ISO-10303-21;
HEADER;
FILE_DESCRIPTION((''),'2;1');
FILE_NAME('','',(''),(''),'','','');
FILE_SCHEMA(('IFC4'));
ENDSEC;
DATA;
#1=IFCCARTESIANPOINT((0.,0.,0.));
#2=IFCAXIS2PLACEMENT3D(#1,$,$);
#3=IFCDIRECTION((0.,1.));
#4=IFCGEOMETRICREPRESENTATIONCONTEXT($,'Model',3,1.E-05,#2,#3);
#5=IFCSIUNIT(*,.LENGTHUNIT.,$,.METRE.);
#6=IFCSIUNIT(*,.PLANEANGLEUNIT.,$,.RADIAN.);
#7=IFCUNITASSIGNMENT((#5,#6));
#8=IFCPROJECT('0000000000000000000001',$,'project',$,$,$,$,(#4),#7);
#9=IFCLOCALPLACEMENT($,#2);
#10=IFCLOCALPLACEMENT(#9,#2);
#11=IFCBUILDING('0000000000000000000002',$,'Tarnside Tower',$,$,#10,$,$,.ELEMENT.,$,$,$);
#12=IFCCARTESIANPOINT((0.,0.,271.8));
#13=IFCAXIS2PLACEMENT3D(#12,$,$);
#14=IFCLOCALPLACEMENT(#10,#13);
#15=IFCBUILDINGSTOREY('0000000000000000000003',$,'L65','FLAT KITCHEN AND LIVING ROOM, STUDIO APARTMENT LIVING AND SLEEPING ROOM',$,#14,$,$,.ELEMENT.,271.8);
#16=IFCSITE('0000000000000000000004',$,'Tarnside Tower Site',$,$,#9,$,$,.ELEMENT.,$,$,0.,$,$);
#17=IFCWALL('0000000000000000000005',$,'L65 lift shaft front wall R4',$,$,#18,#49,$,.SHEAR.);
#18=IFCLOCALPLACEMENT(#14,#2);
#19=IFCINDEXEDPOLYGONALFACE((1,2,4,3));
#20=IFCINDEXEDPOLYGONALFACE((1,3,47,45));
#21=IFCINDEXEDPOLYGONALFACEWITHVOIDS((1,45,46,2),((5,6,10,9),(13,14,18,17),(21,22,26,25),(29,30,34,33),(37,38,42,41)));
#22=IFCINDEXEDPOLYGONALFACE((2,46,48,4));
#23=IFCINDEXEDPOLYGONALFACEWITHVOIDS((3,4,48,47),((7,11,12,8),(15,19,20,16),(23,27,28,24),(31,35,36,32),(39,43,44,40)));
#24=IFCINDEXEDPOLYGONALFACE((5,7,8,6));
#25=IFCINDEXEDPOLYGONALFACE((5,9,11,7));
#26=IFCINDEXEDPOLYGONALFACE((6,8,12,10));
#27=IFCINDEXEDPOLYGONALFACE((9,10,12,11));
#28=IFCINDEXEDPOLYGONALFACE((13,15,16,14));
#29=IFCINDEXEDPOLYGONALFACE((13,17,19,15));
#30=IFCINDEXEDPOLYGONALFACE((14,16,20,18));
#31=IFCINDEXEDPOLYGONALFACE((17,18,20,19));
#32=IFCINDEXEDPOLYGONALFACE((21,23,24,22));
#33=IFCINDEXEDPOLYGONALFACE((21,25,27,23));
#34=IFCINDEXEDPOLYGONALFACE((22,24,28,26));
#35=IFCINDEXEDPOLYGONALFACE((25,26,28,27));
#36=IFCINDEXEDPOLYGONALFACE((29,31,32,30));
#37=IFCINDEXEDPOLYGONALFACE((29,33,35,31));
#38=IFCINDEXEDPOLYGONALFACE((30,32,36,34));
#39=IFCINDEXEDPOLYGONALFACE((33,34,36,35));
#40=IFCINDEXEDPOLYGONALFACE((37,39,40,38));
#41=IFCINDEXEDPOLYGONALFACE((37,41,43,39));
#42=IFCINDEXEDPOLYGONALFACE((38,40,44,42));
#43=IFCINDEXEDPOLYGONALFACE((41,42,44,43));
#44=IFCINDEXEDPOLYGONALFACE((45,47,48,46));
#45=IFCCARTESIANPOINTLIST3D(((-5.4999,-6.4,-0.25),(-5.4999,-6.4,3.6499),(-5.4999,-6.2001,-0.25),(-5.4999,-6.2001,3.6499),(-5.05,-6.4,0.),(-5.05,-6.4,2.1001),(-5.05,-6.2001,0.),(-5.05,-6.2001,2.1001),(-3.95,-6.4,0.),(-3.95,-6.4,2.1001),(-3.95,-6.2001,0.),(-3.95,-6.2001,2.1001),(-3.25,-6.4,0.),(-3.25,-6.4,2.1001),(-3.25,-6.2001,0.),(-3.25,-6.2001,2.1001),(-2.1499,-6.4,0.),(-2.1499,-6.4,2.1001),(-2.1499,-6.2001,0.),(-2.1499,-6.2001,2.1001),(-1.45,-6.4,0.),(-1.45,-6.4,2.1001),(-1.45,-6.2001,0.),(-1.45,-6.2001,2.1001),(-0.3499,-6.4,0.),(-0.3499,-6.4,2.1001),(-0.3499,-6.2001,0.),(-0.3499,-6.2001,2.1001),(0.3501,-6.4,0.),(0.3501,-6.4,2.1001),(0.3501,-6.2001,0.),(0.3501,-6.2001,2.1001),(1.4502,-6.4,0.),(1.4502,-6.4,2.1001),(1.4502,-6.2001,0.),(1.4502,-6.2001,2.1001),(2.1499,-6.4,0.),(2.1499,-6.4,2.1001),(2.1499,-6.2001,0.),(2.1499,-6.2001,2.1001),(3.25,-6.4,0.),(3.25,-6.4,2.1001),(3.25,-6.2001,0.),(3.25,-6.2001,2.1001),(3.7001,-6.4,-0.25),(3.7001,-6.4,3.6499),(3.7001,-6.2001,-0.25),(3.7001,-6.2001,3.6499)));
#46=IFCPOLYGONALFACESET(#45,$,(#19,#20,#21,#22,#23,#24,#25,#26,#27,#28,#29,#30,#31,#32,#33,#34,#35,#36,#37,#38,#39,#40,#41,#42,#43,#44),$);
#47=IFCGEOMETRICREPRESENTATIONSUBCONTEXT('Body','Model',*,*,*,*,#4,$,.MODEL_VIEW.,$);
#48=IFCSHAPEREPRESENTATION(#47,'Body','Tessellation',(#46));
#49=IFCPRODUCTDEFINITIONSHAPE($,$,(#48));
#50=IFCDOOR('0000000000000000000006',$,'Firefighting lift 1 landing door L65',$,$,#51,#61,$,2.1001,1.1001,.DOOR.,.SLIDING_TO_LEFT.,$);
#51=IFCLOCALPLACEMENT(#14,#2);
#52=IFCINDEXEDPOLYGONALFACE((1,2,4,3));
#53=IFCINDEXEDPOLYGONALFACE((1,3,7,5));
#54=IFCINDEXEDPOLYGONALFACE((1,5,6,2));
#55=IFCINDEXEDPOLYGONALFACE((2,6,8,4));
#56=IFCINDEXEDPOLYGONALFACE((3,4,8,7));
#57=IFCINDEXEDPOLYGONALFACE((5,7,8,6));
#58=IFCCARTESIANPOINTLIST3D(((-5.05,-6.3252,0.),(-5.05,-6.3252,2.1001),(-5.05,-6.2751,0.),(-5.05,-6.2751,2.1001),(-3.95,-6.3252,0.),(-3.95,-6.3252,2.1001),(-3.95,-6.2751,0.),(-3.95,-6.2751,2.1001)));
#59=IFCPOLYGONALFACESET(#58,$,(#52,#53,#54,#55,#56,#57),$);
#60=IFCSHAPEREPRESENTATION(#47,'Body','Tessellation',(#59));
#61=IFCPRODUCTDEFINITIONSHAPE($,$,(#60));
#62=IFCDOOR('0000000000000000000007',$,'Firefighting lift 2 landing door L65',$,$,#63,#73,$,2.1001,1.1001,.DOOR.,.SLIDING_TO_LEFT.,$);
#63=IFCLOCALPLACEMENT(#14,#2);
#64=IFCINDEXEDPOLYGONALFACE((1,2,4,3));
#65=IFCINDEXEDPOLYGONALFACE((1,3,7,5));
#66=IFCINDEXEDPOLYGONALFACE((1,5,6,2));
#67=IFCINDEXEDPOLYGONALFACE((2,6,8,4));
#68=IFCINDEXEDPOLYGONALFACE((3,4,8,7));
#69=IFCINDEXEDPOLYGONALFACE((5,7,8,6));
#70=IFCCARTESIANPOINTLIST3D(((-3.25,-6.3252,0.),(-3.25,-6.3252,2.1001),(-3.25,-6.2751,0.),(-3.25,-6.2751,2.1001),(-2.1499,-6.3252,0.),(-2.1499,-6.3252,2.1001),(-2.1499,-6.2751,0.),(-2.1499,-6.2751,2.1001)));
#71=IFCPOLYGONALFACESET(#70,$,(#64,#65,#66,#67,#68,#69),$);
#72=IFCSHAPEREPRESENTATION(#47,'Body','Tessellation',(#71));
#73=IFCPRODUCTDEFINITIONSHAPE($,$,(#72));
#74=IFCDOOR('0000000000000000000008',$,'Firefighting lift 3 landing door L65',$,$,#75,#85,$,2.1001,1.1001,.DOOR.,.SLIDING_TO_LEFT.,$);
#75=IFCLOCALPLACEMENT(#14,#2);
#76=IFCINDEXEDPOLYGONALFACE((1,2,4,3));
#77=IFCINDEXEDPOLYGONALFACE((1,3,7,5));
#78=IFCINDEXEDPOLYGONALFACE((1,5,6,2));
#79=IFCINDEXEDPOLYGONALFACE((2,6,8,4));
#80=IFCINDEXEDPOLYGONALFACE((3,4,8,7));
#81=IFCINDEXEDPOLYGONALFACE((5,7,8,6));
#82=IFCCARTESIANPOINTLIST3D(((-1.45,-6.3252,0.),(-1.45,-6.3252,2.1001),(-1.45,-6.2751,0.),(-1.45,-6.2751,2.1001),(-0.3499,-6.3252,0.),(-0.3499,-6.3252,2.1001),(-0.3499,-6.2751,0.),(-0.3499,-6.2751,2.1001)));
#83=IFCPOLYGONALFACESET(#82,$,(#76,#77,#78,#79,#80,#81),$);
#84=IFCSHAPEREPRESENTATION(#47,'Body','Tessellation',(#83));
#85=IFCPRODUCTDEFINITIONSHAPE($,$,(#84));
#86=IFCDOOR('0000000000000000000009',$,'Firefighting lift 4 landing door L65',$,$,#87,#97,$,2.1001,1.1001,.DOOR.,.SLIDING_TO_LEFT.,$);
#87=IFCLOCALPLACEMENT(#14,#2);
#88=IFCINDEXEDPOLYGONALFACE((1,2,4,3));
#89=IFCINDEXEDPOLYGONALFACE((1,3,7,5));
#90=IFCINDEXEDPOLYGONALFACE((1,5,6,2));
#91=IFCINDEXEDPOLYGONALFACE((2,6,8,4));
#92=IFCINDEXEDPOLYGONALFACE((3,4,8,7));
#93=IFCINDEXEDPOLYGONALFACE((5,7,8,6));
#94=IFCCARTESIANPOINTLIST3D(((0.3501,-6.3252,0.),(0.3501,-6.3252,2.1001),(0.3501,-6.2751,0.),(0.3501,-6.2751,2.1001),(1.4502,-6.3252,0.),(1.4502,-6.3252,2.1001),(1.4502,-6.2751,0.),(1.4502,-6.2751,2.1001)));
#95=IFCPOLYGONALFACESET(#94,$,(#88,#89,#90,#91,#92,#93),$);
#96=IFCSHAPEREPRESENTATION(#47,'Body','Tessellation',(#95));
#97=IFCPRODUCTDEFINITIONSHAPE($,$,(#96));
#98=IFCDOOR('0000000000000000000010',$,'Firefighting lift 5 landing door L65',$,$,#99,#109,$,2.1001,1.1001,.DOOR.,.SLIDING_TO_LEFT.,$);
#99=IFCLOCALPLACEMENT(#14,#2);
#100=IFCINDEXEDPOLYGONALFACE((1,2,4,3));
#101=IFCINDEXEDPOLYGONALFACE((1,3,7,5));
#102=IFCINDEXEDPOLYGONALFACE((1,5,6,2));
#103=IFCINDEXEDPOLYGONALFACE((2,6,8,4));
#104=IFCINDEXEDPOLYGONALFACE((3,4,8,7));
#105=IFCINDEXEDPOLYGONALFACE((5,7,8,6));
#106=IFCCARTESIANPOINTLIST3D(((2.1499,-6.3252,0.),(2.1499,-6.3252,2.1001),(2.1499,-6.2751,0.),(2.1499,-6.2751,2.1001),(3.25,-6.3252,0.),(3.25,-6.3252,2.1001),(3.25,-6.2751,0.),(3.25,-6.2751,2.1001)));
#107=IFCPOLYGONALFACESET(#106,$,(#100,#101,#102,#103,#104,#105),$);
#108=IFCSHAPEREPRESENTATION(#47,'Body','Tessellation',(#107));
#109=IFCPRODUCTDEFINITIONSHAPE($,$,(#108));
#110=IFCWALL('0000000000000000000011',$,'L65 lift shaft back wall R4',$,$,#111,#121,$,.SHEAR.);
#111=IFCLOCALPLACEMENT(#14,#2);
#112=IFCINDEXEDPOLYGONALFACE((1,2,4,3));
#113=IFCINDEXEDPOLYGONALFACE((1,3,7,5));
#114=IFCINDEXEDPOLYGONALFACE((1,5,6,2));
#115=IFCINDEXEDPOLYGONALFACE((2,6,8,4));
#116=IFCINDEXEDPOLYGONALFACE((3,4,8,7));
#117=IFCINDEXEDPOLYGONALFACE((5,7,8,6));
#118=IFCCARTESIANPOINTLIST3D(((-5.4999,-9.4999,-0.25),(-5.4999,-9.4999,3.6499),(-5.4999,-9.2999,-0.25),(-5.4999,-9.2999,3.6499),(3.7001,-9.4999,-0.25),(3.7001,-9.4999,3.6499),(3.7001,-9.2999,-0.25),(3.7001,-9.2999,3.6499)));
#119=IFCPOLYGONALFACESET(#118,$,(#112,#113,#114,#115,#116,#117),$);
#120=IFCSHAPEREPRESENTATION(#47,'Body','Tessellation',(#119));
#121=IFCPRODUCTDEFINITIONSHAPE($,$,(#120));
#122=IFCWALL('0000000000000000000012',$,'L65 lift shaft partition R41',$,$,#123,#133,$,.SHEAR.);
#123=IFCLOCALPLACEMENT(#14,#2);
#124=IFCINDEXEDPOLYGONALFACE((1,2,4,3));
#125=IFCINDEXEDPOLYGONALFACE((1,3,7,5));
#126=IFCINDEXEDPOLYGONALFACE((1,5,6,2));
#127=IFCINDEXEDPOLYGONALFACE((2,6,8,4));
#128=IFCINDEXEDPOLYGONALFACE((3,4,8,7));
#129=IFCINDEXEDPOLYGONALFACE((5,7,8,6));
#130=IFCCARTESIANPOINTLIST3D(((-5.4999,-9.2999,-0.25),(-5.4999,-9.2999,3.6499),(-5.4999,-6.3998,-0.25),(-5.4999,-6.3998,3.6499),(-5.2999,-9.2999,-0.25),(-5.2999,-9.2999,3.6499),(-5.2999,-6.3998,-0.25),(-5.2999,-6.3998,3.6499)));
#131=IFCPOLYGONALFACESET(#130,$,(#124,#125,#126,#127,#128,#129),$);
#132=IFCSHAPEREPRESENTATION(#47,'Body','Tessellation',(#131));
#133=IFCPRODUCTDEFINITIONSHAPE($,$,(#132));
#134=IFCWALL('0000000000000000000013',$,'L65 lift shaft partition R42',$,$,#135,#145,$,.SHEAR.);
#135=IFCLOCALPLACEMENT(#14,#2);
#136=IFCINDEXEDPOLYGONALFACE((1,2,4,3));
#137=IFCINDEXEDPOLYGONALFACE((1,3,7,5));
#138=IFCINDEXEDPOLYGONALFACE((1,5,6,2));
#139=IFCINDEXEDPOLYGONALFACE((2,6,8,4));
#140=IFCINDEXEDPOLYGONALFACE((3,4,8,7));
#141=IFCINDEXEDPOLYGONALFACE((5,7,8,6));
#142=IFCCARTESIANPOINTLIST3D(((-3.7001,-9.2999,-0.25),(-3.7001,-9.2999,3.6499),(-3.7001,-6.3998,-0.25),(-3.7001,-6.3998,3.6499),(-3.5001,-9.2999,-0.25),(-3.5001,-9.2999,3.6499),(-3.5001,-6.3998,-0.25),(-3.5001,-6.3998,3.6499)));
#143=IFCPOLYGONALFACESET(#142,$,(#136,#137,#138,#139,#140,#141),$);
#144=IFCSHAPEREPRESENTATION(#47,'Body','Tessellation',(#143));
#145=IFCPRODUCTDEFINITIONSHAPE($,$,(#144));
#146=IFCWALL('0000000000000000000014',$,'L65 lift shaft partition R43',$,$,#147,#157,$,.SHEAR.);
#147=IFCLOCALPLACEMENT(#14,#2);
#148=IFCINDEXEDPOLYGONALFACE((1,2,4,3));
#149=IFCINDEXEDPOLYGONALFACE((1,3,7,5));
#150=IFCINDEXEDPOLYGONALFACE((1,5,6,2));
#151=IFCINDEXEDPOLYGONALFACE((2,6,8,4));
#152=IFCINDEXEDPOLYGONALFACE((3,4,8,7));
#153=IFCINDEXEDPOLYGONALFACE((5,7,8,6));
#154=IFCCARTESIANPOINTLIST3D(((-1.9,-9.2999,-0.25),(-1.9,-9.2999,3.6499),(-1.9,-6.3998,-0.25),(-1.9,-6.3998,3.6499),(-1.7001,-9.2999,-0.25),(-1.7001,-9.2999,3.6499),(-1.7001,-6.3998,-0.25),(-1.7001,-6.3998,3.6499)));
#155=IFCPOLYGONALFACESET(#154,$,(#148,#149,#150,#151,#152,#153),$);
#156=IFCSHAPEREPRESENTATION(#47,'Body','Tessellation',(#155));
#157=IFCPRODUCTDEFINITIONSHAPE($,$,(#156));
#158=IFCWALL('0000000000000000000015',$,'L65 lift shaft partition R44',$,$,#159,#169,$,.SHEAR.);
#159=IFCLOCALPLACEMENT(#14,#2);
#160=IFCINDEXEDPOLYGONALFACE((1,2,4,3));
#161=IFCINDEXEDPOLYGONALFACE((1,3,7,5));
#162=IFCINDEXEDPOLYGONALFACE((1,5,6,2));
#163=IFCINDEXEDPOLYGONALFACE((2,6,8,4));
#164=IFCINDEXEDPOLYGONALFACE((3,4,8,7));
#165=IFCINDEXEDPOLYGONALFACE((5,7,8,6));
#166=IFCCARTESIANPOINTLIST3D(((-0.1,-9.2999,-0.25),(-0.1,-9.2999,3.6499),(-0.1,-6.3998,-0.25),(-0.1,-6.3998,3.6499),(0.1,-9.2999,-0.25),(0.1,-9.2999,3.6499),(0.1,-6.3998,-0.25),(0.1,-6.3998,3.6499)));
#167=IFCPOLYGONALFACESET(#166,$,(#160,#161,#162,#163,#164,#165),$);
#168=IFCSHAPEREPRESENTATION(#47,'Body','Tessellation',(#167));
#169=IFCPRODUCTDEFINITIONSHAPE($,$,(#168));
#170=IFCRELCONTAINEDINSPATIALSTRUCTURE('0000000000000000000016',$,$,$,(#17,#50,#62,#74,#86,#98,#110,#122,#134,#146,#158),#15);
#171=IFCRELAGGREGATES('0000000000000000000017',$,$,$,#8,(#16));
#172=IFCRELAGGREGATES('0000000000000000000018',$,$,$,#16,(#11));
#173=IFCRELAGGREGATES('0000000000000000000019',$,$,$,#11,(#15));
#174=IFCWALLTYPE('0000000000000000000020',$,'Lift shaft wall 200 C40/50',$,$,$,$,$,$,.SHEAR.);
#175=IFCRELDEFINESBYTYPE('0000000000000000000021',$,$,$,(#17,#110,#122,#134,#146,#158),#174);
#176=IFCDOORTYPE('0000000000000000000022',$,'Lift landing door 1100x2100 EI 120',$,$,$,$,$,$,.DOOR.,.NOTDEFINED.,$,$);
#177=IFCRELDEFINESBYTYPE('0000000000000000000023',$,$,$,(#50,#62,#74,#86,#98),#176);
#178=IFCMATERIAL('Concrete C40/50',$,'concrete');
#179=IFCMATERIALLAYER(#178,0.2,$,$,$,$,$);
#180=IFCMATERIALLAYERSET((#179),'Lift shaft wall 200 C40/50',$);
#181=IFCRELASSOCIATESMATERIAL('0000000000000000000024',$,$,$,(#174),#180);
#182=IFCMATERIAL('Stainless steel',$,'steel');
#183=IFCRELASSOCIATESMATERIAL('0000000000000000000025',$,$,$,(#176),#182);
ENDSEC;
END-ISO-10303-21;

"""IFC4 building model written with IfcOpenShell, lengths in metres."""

from ifc_helpers import new_model, si_unit, direction, frame, frame_2d, origin, place, context, subcontext, project, spatial, rectangle, extrude, material, layer, layer_set, type_object, element, fill, save


model = new_model("IFC4")

# Units and contexts
model_context = context("Model", 3, precision=1e-05, world=origin(), true_north=direction((0.0, 1.0)))
body_context = subcontext(model_context, "Body", "Model", "MODEL_VIEW")
ifc_project = project(units=[si_unit("LENGTHUNIT", "METRE"), si_unit("PLANEANGLEUNIT", "RADIAN")], contexts=[model_context])

# Site, building, storey
site_placement = place(None, origin())
site = spatial("IfcSite", under=ifc_project, at=site_placement, Name="Tarnside Tower Site", CompositionType="ELEMENT", RefElevation=0.0)
building_placement = place(site_placement, origin())
building = spatial("IfcBuilding", under=site, at=building_placement, Name="Tarnside Tower", CompositionType="ELEMENT")
storey_placement = place(building_placement, frame((0.0, 0.0, 271.8)))
storey = spatial("IfcBuildingStorey", under=building, at=storey_placement, Name="L65", Description="FLAT KITCHEN AND LIVING ROOM, STUDIO APARTMENT LIVING AND SLEEPING ROOM", CompositionType="ELEMENT", Elevation=271.8)

# Shared definitions
ifc_material_1 = material(Name="Concrete C40/50", Category="concrete")

# Wall, openings, doors
ifc_layer_1 = layer(ifc_material_1, 0.2)
ifc_layer_set_1 = layer_set([ifc_layer_1], Name="Lift shaft wall 200 C40/50")
wall_type_1 = type_object("IfcWallType", Name="Lift shaft wall 200 C40/50", PredefinedType="SHEAR", material=ifc_layer_set_1)
wall_1_placement = place(storey_placement, frame((-5.5, -6.3, -0.25), z_axis=(0.0, 0.0, 1.0), x_axis=(1.0, 0.0, 0.0)))
wall_1 = element("IfcWall", 1, at=wall_1_placement, inside=storey, type_object=wall_type_1, Name="L65 lift shaft front wall R4", PredefinedType="SHEAR", context=body_context, shape_type="SweptSolid", body=[
    extrude(rectangle(XDim=9.2, YDim=0.2, at=frame_2d((4.6001, 0.0))), origin(), (0.0, 0.0, 1.0), 3.8999),
])
opening_1_placement = place(wall_1_placement, frame((0.45, 0.0, 0.25)))
opening_1 = element("IfcOpeningElement", 2, at=opening_1_placement, cuts=wall_1, PredefinedType="OPENING", context=body_context, shape_type="SweptSolid", body=[
    extrude(rectangle(XDim=1.1001, YDim=2.1001, at=frame_2d((0.55, 1.05))), frame((0.0, 0.1099, 0.0), z_axis=(0.0, -1.0, 0.0), x_axis=(1.0, 0.0, 0.0)), (0.0, 0.0, 1.0), 0.22),
])
opening_2_placement = place(wall_1_placement, frame((2.25, 0.0, 0.25)))
opening_2 = element("IfcOpeningElement", 3, at=opening_2_placement, cuts=wall_1, PredefinedType="OPENING", context=body_context, shape_type="SweptSolid", body=[
    extrude(rectangle(XDim=1.1001, YDim=2.1001, at=frame_2d((0.55, 1.05))), frame((0.0, 0.1099, 0.0), z_axis=(0.0, -1.0, 0.0), x_axis=(1.0, 0.0, 0.0)), (0.0, 0.0, 1.0), 0.22),
])
opening_3_placement = place(wall_1_placement, frame((4.05, 0.0, 0.25)))
opening_3 = element("IfcOpeningElement", 4, at=opening_3_placement, cuts=wall_1, PredefinedType="OPENING", context=body_context, shape_type="SweptSolid", body=[
    extrude(rectangle(XDim=1.1001, YDim=2.1001, at=frame_2d((0.55, 1.05))), frame((0.0, 0.1099, 0.0), z_axis=(0.0, -1.0, 0.0), x_axis=(1.0, 0.0, 0.0)), (0.0, 0.0, 1.0), 0.22),
])
opening_4_placement = place(wall_1_placement, frame((5.8501, 0.0, 0.25)))
opening_4 = element("IfcOpeningElement", 5, at=opening_4_placement, cuts=wall_1, PredefinedType="OPENING", context=body_context, shape_type="SweptSolid", body=[
    extrude(rectangle(XDim=1.1001, YDim=2.1001, at=frame_2d((0.55, 1.05))), frame((0.0, 0.1099, 0.0), z_axis=(0.0, -1.0, 0.0), x_axis=(1.0, 0.0, 0.0)), (0.0, 0.0, 1.0), 0.22),
])
opening_5_placement = place(wall_1_placement, frame((7.6499, 0.0, 0.25)))
opening_5 = element("IfcOpeningElement", 6, at=opening_5_placement, cuts=wall_1, PredefinedType="OPENING", context=body_context, shape_type="SweptSolid", body=[
    extrude(rectangle(XDim=1.1001, YDim=2.1001, at=frame_2d((0.55, 1.05))), frame((0.0, 0.1099, 0.0), z_axis=(0.0, -1.0, 0.0), x_axis=(1.0, 0.0, 0.0)), (0.0, 0.0, 1.0), 0.22),
])
ifc_material_2 = material(Name="Stainless steel", Category="steel")
door_type_1 = type_object("IfcDoorType", Name="Lift landing door 1100x2100 EI 120", OperationType="NOTDEFINED", PredefinedType="DOOR", material=ifc_material_2)
door_1_placement = place(opening_1_placement, origin())
door_1 = element("IfcDoor", 7, at=door_1_placement, inside=storey, type_object=door_type_1, Name="Firefighting lift 1 landing door L65", OperationType="SLIDING_TO_LEFT", OverallHeight=2.1001, OverallWidth=1.1001, PredefinedType="DOOR", context=body_context, shape_type="SweptSolid", body=[
    extrude(rectangle(XDim=1.1001, YDim=2.1001, at=frame_2d((0.55, 1.05))), frame((0.0, 0.0249, 0.0), z_axis=(0.0, -1.0, 0.0), x_axis=(1.0, 0.0, 0.0)), (0.0, 0.0, 1.0), 0.05),
])
fill(opening_1, door_1)
door_2_placement = place(opening_2_placement, origin())
door_2 = element("IfcDoor", 8, at=door_2_placement, inside=storey, type_object=door_type_1, Name="Firefighting lift 2 landing door L65", OperationType="SLIDING_TO_LEFT", OverallHeight=2.1001, OverallWidth=1.1001, PredefinedType="DOOR", context=body_context, shape_type="SweptSolid", body=[
    extrude(rectangle(XDim=1.1001, YDim=2.1001, at=frame_2d((0.55, 1.05))), frame((0.0, 0.0249, 0.0), z_axis=(0.0, -1.0, 0.0), x_axis=(1.0, 0.0, 0.0)), (0.0, 0.0, 1.0), 0.05),
])
fill(opening_2, door_2)
door_3_placement = place(opening_3_placement, origin())
door_3 = element("IfcDoor", 9, at=door_3_placement, inside=storey, type_object=door_type_1, Name="Firefighting lift 3 landing door L65", OperationType="SLIDING_TO_LEFT", OverallHeight=2.1001, OverallWidth=1.1001, PredefinedType="DOOR", context=body_context, shape_type="SweptSolid", body=[
    extrude(rectangle(XDim=1.1001, YDim=2.1001, at=frame_2d((0.55, 1.05))), frame((0.0, 0.0249, 0.0), z_axis=(0.0, -1.0, 0.0), x_axis=(1.0, 0.0, 0.0)), (0.0, 0.0, 1.0), 0.05),
])
fill(opening_3, door_3)
door_4_placement = place(opening_4_placement, origin())
door_4 = element("IfcDoor", 10, at=door_4_placement, inside=storey, type_object=door_type_1, Name="Firefighting lift 4 landing door L65", OperationType="SLIDING_TO_LEFT", OverallHeight=2.1001, OverallWidth=1.1001, PredefinedType="DOOR", context=body_context, shape_type="SweptSolid", body=[
    extrude(rectangle(XDim=1.1001, YDim=2.1001, at=frame_2d((0.55, 1.05))), frame((0.0, 0.0249, 0.0), z_axis=(0.0, -1.0, 0.0), x_axis=(1.0, 0.0, 0.0)), (0.0, 0.0, 1.0), 0.05),
])
fill(opening_4, door_4)
door_5_placement = place(opening_5_placement, origin())
door_5 = element("IfcDoor", 11, at=door_5_placement, inside=storey, type_object=door_type_1, Name="Firefighting lift 5 landing door L65", OperationType="SLIDING_TO_LEFT", OverallHeight=2.1001, OverallWidth=1.1001, PredefinedType="DOOR", context=body_context, shape_type="SweptSolid", body=[
    extrude(rectangle(XDim=1.1001, YDim=2.1001, at=frame_2d((0.55, 1.05))), frame((0.0, 0.0249, 0.0), z_axis=(0.0, -1.0, 0.0), x_axis=(1.0, 0.0, 0.0)), (0.0, 0.0, 1.0), 0.05),
])
fill(opening_5, door_5)

# Walls
wall_2_placement = place(storey_placement, frame((-5.5, -9.3999, -0.25), z_axis=(0.0, 0.0, 1.0), x_axis=(1.0, 0.0, 0.0)))
element("IfcWall", 12, at=wall_2_placement, inside=storey, type_object=wall_type_1, Name="L65 lift shaft back wall R4", PredefinedType="SHEAR", context=body_context, shape_type="SweptSolid", body=[
    extrude(rectangle(XDim=9.2, YDim=0.2, at=frame_2d((4.6001, 0.0))), origin(), (0.0, 0.0, 1.0), 3.8999),
])
for number, where, z_axis, x_axis, name in (
    (13, (-5.3999, -9.3, -0.25), (0.0, 0.0, 1.0), (0.0, 1.0, 0.0), "L65 lift shaft partition R41"),
    (14, (-3.6001, -9.3, -0.25), (0.0, 0.0, 1.0), (0.0, 1.0, 0.0), "L65 lift shaft partition R42"),
    (15, (-1.8, -9.3, -0.25), (0.0, 0.0, 1.0), (0.0, 1.0, 0.0), "L65 lift shaft partition R43"),
    (16, (0.0, -9.3, -0.25), (0.0, 0.0, 1.0), (0.0, 1.0, 0.0), "L65 lift shaft partition R44"),
):
    element("IfcWall", number, at=place(storey_placement, frame(where, z_axis=z_axis, x_axis=x_axis)), inside=storey, type_object=wall_type_1, Name=name, PredefinedType="SHEAR", context=body_context, shape_type="SweptSolid", body=[
        extrude(rectangle(XDim=2.9001, YDim=0.2, at=frame_2d((1.4502, 0.0))), origin(), (0.0, 0.0, 1.0), 3.8999),
    ])

save(model, "model.ifc")
